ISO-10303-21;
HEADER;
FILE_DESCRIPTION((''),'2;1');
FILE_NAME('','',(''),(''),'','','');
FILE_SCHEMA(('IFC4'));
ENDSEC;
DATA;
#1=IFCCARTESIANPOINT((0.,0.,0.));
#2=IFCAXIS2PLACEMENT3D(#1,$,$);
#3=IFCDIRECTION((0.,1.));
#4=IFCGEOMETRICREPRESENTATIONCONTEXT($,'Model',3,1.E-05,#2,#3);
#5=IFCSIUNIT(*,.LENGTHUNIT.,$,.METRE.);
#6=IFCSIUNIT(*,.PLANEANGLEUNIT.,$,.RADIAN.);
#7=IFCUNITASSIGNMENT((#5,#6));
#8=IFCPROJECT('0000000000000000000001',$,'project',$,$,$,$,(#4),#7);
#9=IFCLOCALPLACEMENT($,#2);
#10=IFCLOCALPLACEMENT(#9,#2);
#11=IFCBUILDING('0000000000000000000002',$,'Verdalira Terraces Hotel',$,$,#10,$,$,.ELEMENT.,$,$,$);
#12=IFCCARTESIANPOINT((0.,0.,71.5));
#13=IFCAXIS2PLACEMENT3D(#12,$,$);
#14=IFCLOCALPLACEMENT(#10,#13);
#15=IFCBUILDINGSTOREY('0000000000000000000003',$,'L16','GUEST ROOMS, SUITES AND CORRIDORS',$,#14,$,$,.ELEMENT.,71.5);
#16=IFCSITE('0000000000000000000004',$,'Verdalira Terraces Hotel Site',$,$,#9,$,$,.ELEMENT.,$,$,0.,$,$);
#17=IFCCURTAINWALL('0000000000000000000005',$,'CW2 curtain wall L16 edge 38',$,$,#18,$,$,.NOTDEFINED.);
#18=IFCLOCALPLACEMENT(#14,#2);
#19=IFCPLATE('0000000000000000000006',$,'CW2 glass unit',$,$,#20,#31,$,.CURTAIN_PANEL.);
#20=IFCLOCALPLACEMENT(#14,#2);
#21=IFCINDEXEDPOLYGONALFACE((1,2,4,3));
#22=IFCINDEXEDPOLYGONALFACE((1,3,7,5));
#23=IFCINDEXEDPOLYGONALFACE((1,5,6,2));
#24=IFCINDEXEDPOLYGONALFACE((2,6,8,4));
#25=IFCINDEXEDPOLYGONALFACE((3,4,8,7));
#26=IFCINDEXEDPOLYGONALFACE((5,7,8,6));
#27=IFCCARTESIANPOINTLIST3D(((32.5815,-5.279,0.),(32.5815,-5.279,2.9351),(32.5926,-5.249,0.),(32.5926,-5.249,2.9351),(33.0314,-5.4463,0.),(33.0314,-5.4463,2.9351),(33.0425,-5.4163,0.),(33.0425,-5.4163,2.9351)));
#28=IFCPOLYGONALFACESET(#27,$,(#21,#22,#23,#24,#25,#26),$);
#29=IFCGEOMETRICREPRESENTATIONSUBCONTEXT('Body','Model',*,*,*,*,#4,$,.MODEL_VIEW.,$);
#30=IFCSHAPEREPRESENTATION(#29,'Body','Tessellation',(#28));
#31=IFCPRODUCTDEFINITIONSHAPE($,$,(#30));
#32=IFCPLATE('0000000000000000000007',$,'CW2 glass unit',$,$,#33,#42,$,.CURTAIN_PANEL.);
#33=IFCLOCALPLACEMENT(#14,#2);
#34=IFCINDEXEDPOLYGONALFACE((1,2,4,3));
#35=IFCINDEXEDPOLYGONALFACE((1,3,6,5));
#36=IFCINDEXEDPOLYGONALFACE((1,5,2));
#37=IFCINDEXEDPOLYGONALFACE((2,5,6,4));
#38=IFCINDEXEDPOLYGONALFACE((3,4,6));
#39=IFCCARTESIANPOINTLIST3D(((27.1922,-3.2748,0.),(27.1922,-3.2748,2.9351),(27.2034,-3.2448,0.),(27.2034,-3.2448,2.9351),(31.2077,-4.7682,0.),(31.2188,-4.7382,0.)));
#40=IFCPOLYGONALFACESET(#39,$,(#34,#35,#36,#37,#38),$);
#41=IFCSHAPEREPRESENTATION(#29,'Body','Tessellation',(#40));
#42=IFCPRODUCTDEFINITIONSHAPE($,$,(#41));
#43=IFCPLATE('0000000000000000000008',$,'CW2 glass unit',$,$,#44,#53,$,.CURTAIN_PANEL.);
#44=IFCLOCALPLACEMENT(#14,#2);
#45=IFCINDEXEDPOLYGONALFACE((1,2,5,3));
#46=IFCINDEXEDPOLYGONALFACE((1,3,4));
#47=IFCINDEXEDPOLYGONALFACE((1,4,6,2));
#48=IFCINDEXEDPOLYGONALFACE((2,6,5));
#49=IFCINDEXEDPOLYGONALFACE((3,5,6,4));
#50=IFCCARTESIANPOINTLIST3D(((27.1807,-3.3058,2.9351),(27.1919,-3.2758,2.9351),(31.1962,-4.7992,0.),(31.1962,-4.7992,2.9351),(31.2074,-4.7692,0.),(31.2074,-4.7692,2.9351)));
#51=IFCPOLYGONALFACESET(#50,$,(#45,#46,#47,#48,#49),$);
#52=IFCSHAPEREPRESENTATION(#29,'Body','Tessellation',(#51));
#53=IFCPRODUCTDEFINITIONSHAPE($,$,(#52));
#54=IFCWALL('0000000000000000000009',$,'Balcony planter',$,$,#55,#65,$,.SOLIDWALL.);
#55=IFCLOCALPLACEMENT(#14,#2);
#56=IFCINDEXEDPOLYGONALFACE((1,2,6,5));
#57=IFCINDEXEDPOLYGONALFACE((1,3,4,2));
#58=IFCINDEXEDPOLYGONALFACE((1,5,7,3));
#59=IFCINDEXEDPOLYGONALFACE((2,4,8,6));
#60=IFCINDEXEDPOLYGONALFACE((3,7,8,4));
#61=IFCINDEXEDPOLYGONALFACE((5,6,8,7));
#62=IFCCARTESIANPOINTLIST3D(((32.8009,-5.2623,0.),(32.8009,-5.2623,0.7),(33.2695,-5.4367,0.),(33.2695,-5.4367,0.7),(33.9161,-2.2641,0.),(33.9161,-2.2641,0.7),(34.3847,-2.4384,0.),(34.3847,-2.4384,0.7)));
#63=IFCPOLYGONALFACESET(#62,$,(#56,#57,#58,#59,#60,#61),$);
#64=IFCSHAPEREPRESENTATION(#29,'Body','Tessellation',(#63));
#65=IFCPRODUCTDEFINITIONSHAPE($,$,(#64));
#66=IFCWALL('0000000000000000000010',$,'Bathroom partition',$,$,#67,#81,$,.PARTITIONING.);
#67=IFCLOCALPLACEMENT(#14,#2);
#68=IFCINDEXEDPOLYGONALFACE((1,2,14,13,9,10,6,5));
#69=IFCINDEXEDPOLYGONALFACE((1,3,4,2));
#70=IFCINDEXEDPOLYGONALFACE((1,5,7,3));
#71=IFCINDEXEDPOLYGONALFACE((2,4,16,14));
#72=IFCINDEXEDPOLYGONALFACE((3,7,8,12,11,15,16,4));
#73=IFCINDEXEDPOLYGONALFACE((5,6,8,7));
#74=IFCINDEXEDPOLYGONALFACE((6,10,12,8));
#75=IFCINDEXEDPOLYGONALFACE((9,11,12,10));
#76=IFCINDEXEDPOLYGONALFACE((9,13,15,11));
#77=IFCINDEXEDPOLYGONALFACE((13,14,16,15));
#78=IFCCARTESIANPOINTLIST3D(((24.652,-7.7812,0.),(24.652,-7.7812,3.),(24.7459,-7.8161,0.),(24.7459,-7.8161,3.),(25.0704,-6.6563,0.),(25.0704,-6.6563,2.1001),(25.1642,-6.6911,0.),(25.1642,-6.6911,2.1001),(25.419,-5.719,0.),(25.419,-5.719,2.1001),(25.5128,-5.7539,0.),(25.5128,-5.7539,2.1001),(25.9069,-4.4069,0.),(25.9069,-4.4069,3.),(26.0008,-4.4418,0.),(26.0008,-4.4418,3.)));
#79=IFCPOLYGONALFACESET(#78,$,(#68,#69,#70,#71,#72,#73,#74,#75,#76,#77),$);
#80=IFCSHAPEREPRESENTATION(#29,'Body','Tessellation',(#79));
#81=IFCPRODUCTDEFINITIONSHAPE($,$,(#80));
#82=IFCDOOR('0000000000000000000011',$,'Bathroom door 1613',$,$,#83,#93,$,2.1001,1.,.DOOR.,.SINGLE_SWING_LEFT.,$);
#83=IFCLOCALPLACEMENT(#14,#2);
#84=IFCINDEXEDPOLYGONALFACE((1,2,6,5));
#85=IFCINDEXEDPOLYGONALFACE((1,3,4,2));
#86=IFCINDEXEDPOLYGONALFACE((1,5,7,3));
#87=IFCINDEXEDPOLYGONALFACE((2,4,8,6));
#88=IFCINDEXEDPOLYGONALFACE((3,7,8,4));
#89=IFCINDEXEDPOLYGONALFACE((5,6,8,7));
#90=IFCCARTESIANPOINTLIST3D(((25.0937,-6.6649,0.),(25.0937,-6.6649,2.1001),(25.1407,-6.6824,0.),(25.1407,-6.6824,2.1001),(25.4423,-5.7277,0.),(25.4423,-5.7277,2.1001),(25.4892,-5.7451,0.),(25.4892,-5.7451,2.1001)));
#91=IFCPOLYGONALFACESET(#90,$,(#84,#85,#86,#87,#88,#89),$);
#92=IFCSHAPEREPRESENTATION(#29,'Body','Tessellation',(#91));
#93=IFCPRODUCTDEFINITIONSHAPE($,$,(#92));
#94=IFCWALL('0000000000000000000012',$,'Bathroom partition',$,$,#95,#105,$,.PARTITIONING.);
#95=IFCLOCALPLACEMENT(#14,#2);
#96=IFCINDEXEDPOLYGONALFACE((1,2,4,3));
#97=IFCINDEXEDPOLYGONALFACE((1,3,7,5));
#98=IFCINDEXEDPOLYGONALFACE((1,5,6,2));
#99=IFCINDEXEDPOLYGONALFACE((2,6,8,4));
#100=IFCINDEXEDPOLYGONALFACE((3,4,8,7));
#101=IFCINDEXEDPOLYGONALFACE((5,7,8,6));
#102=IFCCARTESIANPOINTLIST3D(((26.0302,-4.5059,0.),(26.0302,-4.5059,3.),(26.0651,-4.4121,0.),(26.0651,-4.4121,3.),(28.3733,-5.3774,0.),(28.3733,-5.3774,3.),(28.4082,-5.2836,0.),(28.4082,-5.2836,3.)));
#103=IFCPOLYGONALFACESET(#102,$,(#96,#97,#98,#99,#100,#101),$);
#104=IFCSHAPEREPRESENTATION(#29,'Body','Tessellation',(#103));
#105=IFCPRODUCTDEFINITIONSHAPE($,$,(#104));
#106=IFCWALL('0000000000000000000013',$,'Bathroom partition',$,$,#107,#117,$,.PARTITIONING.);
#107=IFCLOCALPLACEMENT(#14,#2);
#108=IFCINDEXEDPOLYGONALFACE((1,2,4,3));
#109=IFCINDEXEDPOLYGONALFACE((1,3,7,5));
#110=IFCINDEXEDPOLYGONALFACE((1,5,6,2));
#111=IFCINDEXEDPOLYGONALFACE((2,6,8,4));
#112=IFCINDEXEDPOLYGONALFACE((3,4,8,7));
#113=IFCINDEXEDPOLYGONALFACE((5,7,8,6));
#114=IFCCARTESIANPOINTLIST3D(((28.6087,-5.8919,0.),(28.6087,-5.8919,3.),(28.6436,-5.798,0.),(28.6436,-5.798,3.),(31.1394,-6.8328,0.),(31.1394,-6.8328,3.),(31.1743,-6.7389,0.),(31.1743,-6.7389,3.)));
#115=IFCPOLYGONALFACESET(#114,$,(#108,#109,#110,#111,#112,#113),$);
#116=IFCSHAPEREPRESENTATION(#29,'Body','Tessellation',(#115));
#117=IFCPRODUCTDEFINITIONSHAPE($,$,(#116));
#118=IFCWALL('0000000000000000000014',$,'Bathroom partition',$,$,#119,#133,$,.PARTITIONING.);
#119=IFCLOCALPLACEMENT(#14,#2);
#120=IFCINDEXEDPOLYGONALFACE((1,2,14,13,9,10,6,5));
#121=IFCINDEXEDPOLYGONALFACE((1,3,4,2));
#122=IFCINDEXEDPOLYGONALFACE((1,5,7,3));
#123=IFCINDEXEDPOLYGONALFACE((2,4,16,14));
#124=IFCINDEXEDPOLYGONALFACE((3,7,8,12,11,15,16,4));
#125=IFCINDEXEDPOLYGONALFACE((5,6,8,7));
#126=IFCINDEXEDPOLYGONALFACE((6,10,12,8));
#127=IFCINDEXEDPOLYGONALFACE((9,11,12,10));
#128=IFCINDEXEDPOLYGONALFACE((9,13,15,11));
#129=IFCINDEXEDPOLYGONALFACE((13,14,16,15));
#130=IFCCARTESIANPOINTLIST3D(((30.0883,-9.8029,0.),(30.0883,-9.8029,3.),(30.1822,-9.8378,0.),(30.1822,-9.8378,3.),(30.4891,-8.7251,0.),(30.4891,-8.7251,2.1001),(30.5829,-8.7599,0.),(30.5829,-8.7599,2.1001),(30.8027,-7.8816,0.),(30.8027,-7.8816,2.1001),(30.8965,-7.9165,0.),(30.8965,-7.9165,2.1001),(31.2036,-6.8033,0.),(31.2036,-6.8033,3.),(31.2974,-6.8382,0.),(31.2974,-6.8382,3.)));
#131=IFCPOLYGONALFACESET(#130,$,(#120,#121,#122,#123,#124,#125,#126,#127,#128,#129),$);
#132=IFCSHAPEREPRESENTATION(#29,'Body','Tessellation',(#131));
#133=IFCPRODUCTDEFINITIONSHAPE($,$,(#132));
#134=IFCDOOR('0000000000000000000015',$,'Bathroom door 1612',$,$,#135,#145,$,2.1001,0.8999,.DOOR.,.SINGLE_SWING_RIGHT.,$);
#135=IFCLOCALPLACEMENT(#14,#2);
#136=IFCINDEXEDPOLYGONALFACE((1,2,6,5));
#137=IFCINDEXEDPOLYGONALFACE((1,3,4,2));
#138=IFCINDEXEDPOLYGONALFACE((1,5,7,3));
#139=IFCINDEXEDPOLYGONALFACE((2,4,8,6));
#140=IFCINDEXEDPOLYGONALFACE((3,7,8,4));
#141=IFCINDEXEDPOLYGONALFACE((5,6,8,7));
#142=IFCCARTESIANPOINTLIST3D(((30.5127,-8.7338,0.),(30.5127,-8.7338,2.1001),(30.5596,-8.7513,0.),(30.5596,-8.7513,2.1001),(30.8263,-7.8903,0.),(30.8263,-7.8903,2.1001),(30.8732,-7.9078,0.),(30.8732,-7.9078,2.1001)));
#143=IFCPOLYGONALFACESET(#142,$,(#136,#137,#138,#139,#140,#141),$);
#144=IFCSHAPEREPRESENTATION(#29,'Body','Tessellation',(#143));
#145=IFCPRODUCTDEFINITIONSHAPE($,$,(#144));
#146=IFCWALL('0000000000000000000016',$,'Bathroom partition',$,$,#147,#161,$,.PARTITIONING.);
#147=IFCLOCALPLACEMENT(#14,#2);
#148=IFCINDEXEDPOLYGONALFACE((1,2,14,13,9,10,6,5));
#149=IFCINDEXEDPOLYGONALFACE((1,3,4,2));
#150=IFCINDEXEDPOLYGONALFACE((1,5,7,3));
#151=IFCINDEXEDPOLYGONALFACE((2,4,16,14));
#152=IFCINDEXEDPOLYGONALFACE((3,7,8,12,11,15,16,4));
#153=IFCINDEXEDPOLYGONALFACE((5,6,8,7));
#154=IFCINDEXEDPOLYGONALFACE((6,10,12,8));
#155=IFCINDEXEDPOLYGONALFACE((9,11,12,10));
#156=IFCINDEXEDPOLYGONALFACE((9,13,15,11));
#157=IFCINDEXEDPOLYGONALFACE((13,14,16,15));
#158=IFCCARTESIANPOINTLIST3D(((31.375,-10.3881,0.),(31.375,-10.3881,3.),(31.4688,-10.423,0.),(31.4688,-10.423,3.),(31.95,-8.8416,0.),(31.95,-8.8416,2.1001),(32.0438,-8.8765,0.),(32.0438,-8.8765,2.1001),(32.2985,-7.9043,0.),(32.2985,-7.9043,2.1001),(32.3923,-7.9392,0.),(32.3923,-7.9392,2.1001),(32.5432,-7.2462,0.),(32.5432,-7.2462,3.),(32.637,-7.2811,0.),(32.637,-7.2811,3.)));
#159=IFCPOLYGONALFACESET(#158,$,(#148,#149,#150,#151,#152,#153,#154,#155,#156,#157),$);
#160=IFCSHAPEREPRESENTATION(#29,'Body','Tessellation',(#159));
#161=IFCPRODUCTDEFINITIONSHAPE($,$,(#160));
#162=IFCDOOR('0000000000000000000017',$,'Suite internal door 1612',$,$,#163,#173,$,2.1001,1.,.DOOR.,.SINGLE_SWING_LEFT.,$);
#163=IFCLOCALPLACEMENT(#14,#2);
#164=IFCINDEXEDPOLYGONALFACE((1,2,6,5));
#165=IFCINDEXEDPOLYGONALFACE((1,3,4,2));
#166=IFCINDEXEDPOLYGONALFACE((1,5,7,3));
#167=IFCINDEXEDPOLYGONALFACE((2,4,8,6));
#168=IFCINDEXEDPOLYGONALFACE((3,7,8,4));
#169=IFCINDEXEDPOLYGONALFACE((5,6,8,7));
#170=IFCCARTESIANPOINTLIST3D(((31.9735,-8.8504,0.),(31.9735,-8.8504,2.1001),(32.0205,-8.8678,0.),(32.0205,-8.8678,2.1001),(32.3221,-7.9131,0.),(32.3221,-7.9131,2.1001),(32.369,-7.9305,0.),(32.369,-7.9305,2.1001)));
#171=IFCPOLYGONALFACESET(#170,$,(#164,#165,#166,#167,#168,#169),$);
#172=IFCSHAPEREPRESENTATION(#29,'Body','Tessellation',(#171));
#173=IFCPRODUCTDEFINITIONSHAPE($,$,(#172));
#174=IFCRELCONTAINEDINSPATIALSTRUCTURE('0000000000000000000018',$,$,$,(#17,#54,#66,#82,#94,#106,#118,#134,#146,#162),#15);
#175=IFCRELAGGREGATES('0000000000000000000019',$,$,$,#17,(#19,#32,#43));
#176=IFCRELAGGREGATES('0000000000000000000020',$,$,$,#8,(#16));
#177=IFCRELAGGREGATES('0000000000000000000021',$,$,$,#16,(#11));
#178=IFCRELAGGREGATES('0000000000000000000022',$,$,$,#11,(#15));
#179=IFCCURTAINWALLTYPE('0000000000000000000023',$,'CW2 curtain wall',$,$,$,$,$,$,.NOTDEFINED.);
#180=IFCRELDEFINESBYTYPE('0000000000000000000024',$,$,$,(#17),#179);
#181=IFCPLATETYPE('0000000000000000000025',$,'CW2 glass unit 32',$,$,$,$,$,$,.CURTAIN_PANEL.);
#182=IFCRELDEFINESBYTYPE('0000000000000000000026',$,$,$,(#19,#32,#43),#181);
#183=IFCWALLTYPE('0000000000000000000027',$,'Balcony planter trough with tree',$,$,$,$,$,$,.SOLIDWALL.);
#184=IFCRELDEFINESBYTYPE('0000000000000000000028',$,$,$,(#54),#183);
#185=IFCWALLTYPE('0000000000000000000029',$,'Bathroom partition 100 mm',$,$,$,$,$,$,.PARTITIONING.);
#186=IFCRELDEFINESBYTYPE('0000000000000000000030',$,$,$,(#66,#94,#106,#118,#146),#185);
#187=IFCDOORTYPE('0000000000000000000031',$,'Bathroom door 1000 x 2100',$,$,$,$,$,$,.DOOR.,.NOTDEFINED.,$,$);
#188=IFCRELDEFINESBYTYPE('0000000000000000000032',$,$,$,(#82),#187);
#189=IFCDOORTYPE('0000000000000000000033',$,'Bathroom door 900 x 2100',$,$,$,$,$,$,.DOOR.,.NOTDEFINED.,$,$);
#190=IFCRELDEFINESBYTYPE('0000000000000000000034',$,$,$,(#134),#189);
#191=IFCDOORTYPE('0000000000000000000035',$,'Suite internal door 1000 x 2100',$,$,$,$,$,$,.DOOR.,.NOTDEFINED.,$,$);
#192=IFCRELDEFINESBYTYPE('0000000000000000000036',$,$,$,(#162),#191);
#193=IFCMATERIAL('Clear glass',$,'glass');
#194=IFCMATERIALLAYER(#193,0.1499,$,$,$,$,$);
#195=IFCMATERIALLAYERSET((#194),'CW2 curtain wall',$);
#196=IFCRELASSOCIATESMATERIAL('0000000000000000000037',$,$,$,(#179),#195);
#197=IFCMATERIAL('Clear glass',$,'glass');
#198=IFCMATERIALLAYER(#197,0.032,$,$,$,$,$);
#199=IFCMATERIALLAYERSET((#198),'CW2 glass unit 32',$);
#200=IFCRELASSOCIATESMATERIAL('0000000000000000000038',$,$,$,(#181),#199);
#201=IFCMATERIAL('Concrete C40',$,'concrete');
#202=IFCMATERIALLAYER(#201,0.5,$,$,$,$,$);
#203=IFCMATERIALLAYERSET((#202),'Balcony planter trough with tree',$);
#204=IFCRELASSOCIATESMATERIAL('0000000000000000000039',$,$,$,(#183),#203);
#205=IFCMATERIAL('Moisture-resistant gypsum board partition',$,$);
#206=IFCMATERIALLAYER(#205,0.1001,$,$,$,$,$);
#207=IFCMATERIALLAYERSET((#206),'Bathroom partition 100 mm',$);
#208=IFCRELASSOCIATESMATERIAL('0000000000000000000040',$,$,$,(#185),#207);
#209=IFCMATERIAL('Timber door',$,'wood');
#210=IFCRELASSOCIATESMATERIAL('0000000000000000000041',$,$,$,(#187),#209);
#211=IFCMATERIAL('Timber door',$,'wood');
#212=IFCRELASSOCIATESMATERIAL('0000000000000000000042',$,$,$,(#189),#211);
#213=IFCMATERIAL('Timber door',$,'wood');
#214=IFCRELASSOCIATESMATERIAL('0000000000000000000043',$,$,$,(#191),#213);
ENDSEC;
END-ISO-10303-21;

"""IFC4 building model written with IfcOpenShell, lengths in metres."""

from ifc_helpers import new_model, si_unit, direction, frame, frame_2d, origin, origin_2d, place, context, subcontext, project, spatial, polyline, rectangle, outline, extrude, material, layer, layer_set, type_object, element, fill, aggregate, save


model = new_model("IFC4")

# Units and contexts
model_context = context("Model", 3, precision=1e-05, world=origin(), true_north=direction((0.0, 1.0)))
body_context = subcontext(model_context, "Body", "Model", "MODEL_VIEW")
ifc_project = project(units=[si_unit("LENGTHUNIT", "METRE"), si_unit("PLANEANGLEUNIT", "RADIAN")], contexts=[model_context])

# Site, building, storey
site_placement = place(None, origin())
site = spatial("IfcSite", under=ifc_project, at=site_placement, Name="Verdalira Terraces Hotel Site", CompositionType="ELEMENT", RefElevation=0.0)
building_placement = place(site_placement, origin())
building = spatial("IfcBuilding", under=site, at=building_placement, Name="Verdalira Terraces Hotel", CompositionType="ELEMENT")
storey_placement = place(building_placement, frame((0.0, 0.0, 71.5)))
storey = spatial("IfcBuildingStorey", under=building, at=storey_placement, Name="L16", Description="GUEST ROOMS, SUITES AND CORRIDORS", CompositionType="ELEMENT", Elevation=71.5)

# Curtain wall
ifc_material_1 = material(Name="Clear glass", Category="glass")
ifc_layer_1 = layer(ifc_material_1, 0.1499)
ifc_layer_set_1 = layer_set([ifc_layer_1], Name="CW2 curtain wall")
curtain_wall_type_1 = type_object("IfcCurtainWallType", Name="CW2 curtain wall", PredefinedType="NOTDEFINED", material=ifc_layer_set_1)
curtain_wall_1_placement = place(storey_placement, origin())
curtain_wall_1 = element("IfcCurtainWall", 1, at=curtain_wall_1_placement, inside=storey, type_object=curtain_wall_type_1, Name="CW2 curtain wall L16 edge 38", PredefinedType="NOTDEFINED")

# Plates
ifc_material_2 = material(Name="Clear glass", Category="glass")
ifc_layer_2 = layer(ifc_material_2, 0.032)
ifc_layer_set_2 = layer_set([ifc_layer_2], Name="CW2 glass unit 32")
plate_type = type_object("IfcPlateType", Name="CW2 glass unit 32", PredefinedType="CURTAIN_PANEL", material=ifc_layer_set_2)
plate_1_placement = place(storey_placement, frame((32.812, -5.3477, 0.0), z_axis=(0.0, 0.0, 1.0), x_axis=(-0.937282, 0.348572, 0.0)))
plate_1 = element("IfcPlate", 2, at=plate_1_placement, type_object=plate_type, Name="CW2 glass unit", PredefinedType="CURTAIN_PANEL", context=body_context, shape_type="SweptSolid", body=[
    extrude(rectangle(XDim=0.48, YDim=0.032, at=origin_2d()), origin(), (0.0, 0.0, 1.0), 2.9351),
])
plate_2_placement = place(storey_placement, frame((29.2, -4.0215, 1.4675), z_axis=(0.348572, 0.937282, 0.0), x_axis=(-0.937282, 0.348572, 0.0)))
plate_2 = element("IfcPlate", 3, at=plate_2_placement, type_object=plate_type, Name="CW2 glass unit", PredefinedType="CURTAIN_PANEL", context=body_context, shape_type="SweptSolid", body=[
    extrude(outline(polyline([(-2.1421, -1.4675), (2.1421, -1.4675), (2.1421, 1.4675), (-2.1421, -1.4675)])), origin(), (0.0, 0.0, 1.0), 0.032),
])
plate_3_placement = place(storey_placement, frame((29.1885, -4.0525, 1.4675), z_axis=(0.348572, 0.937282, 0.0), x_axis=(-0.937282, 0.348572, 0.0)))
plate_3 = element("IfcPlate", 4, at=plate_3_placement, type_object=plate_type, Name="CW2 glass unit", PredefinedType="CURTAIN_PANEL", context=body_context, shape_type="SweptSolid", body=[
    extrude(outline(polyline([(-2.1421, -1.4675), (2.1421, 1.4675), (-2.1421, 1.4675), (-2.1421, -1.4675)])), origin(), (0.0, 0.0, 1.0), 0.032),
])
aggregate(curtain_wall_1, [plate_1, plate_2, plate_3])

# Wall
ifc_material_3 = material(Name="Concrete C40", Category="concrete")
ifc_layer_3 = layer(ifc_material_3, 0.5)
ifc_layer_set_3 = layer_set([ifc_layer_3], Name="Balcony planter trough with tree")
wall_type_1 = type_object("IfcWallType", Name="Balcony planter trough with tree", PredefinedType="SOLIDWALL", material=ifc_layer_set_3)
wall_1_placement = place(storey_placement, frame((33.0352, -5.3496, 0.0), z_axis=(0.0, 0.0, 1.0), x_axis=(0.348621, 0.937264, 0.0)))
element("IfcWall", 5, at=wall_1_placement, inside=storey, type_object=wall_type_1, Name="Balcony planter", PredefinedType="SOLIDWALL", context=body_context, shape_type="SweptSolid", body=[
    extrude(rectangle(XDim=3.199, YDim=0.5, at=frame_2d((1.5996, 0.0))), origin(), (0.0, 0.0, 1.0), 0.7),
])

# Wall, opening, door
ifc_material_4 = material(Name="Moisture-resistant gypsum board partition")
ifc_layer_4 = layer(ifc_material_4, 0.1001)
ifc_layer_set_4 = layer_set([ifc_layer_4], Name="Bathroom partition 100 mm")
wall_type_2 = type_object("IfcWallType", Name="Bathroom partition 100 mm", PredefinedType="PARTITIONING", material=ifc_layer_set_4)
wall_2_placement = place(storey_placement, frame((25.9539, -4.4243, 0.0), z_axis=(0.0, 0.0, 1.0), x_axis=(-0.348573, -0.937282, 0.0)))
wall_2 = element("IfcWall", 6, at=wall_2_placement, inside=storey, type_object=wall_type_2, Name="Bathroom partition", PredefinedType="PARTITIONING", context=body_context, shape_type="SweptSolid", body=[
    extrude(rectangle(XDim=3.6001, YDim=0.1001, at=frame_2d((1.8, 0.0))), origin(), (0.0, 0.0, 1.0), 3.0),
])
opening_1_placement = place(wall_2_placement, frame((1.3999, 0.0, 0.0)))
opening_1 = element("IfcOpeningElement", 7, at=opening_1_placement, cuts=wall_2, PredefinedType="OPENING", context=body_context, shape_type="SweptSolid", body=[
    extrude(rectangle(XDim=1.0, YDim=2.1001, at=frame_2d((0.5, 1.05))), frame((0.0, 0.0601, 0.0), z_axis=(0.0, -1.0, 0.0), x_axis=(1.0, 0.0, 0.0)), (0.0, 0.0, 1.0), 0.1201),
])
ifc_material_5 = material(Name="Timber door", Category="wood")
door_type_1 = type_object("IfcDoorType", Name="Bathroom door 1000 x 2100", OperationType="NOTDEFINED", PredefinedType="DOOR", material=ifc_material_5)
door_1_placement = place(opening_1_placement, origin())
door_1 = element("IfcDoor", 8, at=door_1_placement, inside=storey, type_object=door_type_1, Name="Bathroom door 1613", OperationType="SINGLE_SWING_LEFT", OverallHeight=2.1001, OverallWidth=1.0, PredefinedType="DOOR", context=body_context, shape_type="SweptSolid", body=[
    extrude(rectangle(XDim=1.0, YDim=2.1001, at=frame_2d((0.5, 1.05))), frame((0.0, 0.0249, 0.0), z_axis=(0.0, -1.0, 0.0), x_axis=(1.0, 0.0, 0.0)), (0.0, 0.0, 1.0), 0.05),
])
fill(opening_1, door_1)

# Walls
wall_3_placement = place(storey_placement, frame((26.0476, -4.459, 0.0), z_axis=(0.0, 0.0, 1.0), x_axis=(0.937265, -0.348618, 0.0)))
element("IfcWall", 9, at=wall_3_placement, inside=storey, type_object=wall_type_2, Name="Bathroom partition", PredefinedType="PARTITIONING", context=body_context, shape_type="SweptSolid", body=[
    extrude(rectangle(XDim=2.5, YDim=0.1001, at=frame_2d((1.25, 0.0))), origin(), (0.0, 0.0, 1.0), 3.0),
])
wall_4_placement = place(storey_placement, frame((31.157, -6.7859, 0.0), z_axis=(0.0, 0.0, 1.0), x_axis=(-0.937314, 0.348486, 0.0)))
element("IfcWall", 10, at=wall_4_placement, inside=storey, type_object=wall_type_2, Name="Bathroom partition", PredefinedType="PARTITIONING", context=body_context, shape_type="SweptSolid", body=[
    extrude(rectangle(XDim=2.7, YDim=0.1001, at=frame_2d((1.3501, 0.0))), origin(), (0.0, 0.0, 1.0), 3.0),
])

# Walls, openings, doors
wall_5_placement = place(storey_placement, frame((30.1353, -9.8203, 0.0), z_axis=(0.0, 0.0, 1.0), x_axis=(0.348497, 0.93731, 0.0)))
wall_5 = element("IfcWall", 11, at=wall_5_placement, inside=storey, type_object=wall_type_2, Name="Bathroom partition", PredefinedType="PARTITIONING", context=body_context, shape_type="SweptSolid", body=[
    extrude(rectangle(XDim=3.2002, YDim=0.1001, at=frame_2d((1.6001, 0.0))), origin(), (0.0, 0.0, 1.0), 3.0),
])
opening_2_placement = place(wall_5_placement, frame((1.1499, 0.0, 0.0)))
opening_2 = element("IfcOpeningElement", 12, at=opening_2_placement, cuts=wall_5, PredefinedType="OPENING", context=body_context, shape_type="SweptSolid", body=[
    extrude(rectangle(XDim=0.8999, YDim=2.1001, at=frame_2d((0.45, 1.05))), frame((0.0, 0.0601, 0.0), z_axis=(0.0, -1.0, 0.0), x_axis=(1.0, 0.0, 0.0)), (0.0, 0.0, 1.0), 0.1201),
])
ifc_material_6 = material(Name="Timber door", Category="wood")
door_type_2 = type_object("IfcDoorType", Name="Bathroom door 900 x 2100", OperationType="NOTDEFINED", PredefinedType="DOOR", material=ifc_material_6)
door_2_placement = place(opening_2_placement, origin())
door_2 = element("IfcDoor", 13, at=door_2_placement, inside=storey, type_object=door_type_2, Name="Bathroom door 1612", OperationType="SINGLE_SWING_RIGHT", OverallHeight=2.1001, OverallWidth=0.8999, PredefinedType="DOOR", context=body_context, shape_type="SweptSolid", body=[
    extrude(rectangle(XDim=0.8999, YDim=2.1001, at=frame_2d((0.45, 1.05))), frame((0.0, 0.0249, 0.0), z_axis=(0.0, -1.0, 0.0), x_axis=(1.0, 0.0, 0.0)), (0.0, 0.0, 1.0), 0.05),
])
fill(opening_2, door_2)
wall_6_placement = place(storey_placement, frame((31.4219, -10.4055, 0.0), z_axis=(0.0, 0.0, 1.0), x_axis=(0.348512, 0.937304, 0.0)))
wall_6 = element("IfcWall", 14, at=wall_6_placement, inside=storey, type_object=wall_type_2, Name="Bathroom partition", PredefinedType="PARTITIONING", context=body_context, shape_type="SweptSolid", body=[
    extrude(rectangle(XDim=3.3521, YDim=0.1001, at=frame_2d((1.676, 0.0))), origin(), (0.0, 0.0, 1.0), 3.0),
])
opening_3_placement = place(wall_6_placement, frame((1.6499, 0.0, 0.0)))
opening_3 = element("IfcOpeningElement", 15, at=opening_3_placement, cuts=wall_6, PredefinedType="OPENING", context=body_context, shape_type="SweptSolid", body=[
    extrude(rectangle(XDim=1.0, YDim=2.1001, at=frame_2d((0.5, 1.05))), frame((0.0, 0.0601, 0.0), z_axis=(0.0, -1.0, 0.0), x_axis=(1.0, 0.0, 0.0)), (0.0, 0.0, 1.0), 0.1201),
])
ifc_material_7 = material(Name="Timber door", Category="wood")
door_type_3 = type_object("IfcDoorType", Name="Suite internal door 1000 x 2100", OperationType="NOTDEFINED", PredefinedType="DOOR", material=ifc_material_7)
door_3_placement = place(opening_3_placement, origin())
door_3 = element("IfcDoor", 16, at=door_3_placement, inside=storey, type_object=door_type_3, Name="Suite internal door 1612", OperationType="SINGLE_SWING_LEFT", OverallHeight=2.1001, OverallWidth=1.0, PredefinedType="DOOR", context=body_context, shape_type="SweptSolid", body=[
    extrude(rectangle(XDim=1.0, YDim=2.1001, at=frame_2d((0.5, 1.05))), frame((0.0, 0.0249, 0.0), z_axis=(0.0, -1.0, 0.0), x_axis=(1.0, 0.0, 0.0)), (0.0, 0.0, 1.0), 0.05),
])
fill(opening_3, door_3)

save(model, "model.ifc")
